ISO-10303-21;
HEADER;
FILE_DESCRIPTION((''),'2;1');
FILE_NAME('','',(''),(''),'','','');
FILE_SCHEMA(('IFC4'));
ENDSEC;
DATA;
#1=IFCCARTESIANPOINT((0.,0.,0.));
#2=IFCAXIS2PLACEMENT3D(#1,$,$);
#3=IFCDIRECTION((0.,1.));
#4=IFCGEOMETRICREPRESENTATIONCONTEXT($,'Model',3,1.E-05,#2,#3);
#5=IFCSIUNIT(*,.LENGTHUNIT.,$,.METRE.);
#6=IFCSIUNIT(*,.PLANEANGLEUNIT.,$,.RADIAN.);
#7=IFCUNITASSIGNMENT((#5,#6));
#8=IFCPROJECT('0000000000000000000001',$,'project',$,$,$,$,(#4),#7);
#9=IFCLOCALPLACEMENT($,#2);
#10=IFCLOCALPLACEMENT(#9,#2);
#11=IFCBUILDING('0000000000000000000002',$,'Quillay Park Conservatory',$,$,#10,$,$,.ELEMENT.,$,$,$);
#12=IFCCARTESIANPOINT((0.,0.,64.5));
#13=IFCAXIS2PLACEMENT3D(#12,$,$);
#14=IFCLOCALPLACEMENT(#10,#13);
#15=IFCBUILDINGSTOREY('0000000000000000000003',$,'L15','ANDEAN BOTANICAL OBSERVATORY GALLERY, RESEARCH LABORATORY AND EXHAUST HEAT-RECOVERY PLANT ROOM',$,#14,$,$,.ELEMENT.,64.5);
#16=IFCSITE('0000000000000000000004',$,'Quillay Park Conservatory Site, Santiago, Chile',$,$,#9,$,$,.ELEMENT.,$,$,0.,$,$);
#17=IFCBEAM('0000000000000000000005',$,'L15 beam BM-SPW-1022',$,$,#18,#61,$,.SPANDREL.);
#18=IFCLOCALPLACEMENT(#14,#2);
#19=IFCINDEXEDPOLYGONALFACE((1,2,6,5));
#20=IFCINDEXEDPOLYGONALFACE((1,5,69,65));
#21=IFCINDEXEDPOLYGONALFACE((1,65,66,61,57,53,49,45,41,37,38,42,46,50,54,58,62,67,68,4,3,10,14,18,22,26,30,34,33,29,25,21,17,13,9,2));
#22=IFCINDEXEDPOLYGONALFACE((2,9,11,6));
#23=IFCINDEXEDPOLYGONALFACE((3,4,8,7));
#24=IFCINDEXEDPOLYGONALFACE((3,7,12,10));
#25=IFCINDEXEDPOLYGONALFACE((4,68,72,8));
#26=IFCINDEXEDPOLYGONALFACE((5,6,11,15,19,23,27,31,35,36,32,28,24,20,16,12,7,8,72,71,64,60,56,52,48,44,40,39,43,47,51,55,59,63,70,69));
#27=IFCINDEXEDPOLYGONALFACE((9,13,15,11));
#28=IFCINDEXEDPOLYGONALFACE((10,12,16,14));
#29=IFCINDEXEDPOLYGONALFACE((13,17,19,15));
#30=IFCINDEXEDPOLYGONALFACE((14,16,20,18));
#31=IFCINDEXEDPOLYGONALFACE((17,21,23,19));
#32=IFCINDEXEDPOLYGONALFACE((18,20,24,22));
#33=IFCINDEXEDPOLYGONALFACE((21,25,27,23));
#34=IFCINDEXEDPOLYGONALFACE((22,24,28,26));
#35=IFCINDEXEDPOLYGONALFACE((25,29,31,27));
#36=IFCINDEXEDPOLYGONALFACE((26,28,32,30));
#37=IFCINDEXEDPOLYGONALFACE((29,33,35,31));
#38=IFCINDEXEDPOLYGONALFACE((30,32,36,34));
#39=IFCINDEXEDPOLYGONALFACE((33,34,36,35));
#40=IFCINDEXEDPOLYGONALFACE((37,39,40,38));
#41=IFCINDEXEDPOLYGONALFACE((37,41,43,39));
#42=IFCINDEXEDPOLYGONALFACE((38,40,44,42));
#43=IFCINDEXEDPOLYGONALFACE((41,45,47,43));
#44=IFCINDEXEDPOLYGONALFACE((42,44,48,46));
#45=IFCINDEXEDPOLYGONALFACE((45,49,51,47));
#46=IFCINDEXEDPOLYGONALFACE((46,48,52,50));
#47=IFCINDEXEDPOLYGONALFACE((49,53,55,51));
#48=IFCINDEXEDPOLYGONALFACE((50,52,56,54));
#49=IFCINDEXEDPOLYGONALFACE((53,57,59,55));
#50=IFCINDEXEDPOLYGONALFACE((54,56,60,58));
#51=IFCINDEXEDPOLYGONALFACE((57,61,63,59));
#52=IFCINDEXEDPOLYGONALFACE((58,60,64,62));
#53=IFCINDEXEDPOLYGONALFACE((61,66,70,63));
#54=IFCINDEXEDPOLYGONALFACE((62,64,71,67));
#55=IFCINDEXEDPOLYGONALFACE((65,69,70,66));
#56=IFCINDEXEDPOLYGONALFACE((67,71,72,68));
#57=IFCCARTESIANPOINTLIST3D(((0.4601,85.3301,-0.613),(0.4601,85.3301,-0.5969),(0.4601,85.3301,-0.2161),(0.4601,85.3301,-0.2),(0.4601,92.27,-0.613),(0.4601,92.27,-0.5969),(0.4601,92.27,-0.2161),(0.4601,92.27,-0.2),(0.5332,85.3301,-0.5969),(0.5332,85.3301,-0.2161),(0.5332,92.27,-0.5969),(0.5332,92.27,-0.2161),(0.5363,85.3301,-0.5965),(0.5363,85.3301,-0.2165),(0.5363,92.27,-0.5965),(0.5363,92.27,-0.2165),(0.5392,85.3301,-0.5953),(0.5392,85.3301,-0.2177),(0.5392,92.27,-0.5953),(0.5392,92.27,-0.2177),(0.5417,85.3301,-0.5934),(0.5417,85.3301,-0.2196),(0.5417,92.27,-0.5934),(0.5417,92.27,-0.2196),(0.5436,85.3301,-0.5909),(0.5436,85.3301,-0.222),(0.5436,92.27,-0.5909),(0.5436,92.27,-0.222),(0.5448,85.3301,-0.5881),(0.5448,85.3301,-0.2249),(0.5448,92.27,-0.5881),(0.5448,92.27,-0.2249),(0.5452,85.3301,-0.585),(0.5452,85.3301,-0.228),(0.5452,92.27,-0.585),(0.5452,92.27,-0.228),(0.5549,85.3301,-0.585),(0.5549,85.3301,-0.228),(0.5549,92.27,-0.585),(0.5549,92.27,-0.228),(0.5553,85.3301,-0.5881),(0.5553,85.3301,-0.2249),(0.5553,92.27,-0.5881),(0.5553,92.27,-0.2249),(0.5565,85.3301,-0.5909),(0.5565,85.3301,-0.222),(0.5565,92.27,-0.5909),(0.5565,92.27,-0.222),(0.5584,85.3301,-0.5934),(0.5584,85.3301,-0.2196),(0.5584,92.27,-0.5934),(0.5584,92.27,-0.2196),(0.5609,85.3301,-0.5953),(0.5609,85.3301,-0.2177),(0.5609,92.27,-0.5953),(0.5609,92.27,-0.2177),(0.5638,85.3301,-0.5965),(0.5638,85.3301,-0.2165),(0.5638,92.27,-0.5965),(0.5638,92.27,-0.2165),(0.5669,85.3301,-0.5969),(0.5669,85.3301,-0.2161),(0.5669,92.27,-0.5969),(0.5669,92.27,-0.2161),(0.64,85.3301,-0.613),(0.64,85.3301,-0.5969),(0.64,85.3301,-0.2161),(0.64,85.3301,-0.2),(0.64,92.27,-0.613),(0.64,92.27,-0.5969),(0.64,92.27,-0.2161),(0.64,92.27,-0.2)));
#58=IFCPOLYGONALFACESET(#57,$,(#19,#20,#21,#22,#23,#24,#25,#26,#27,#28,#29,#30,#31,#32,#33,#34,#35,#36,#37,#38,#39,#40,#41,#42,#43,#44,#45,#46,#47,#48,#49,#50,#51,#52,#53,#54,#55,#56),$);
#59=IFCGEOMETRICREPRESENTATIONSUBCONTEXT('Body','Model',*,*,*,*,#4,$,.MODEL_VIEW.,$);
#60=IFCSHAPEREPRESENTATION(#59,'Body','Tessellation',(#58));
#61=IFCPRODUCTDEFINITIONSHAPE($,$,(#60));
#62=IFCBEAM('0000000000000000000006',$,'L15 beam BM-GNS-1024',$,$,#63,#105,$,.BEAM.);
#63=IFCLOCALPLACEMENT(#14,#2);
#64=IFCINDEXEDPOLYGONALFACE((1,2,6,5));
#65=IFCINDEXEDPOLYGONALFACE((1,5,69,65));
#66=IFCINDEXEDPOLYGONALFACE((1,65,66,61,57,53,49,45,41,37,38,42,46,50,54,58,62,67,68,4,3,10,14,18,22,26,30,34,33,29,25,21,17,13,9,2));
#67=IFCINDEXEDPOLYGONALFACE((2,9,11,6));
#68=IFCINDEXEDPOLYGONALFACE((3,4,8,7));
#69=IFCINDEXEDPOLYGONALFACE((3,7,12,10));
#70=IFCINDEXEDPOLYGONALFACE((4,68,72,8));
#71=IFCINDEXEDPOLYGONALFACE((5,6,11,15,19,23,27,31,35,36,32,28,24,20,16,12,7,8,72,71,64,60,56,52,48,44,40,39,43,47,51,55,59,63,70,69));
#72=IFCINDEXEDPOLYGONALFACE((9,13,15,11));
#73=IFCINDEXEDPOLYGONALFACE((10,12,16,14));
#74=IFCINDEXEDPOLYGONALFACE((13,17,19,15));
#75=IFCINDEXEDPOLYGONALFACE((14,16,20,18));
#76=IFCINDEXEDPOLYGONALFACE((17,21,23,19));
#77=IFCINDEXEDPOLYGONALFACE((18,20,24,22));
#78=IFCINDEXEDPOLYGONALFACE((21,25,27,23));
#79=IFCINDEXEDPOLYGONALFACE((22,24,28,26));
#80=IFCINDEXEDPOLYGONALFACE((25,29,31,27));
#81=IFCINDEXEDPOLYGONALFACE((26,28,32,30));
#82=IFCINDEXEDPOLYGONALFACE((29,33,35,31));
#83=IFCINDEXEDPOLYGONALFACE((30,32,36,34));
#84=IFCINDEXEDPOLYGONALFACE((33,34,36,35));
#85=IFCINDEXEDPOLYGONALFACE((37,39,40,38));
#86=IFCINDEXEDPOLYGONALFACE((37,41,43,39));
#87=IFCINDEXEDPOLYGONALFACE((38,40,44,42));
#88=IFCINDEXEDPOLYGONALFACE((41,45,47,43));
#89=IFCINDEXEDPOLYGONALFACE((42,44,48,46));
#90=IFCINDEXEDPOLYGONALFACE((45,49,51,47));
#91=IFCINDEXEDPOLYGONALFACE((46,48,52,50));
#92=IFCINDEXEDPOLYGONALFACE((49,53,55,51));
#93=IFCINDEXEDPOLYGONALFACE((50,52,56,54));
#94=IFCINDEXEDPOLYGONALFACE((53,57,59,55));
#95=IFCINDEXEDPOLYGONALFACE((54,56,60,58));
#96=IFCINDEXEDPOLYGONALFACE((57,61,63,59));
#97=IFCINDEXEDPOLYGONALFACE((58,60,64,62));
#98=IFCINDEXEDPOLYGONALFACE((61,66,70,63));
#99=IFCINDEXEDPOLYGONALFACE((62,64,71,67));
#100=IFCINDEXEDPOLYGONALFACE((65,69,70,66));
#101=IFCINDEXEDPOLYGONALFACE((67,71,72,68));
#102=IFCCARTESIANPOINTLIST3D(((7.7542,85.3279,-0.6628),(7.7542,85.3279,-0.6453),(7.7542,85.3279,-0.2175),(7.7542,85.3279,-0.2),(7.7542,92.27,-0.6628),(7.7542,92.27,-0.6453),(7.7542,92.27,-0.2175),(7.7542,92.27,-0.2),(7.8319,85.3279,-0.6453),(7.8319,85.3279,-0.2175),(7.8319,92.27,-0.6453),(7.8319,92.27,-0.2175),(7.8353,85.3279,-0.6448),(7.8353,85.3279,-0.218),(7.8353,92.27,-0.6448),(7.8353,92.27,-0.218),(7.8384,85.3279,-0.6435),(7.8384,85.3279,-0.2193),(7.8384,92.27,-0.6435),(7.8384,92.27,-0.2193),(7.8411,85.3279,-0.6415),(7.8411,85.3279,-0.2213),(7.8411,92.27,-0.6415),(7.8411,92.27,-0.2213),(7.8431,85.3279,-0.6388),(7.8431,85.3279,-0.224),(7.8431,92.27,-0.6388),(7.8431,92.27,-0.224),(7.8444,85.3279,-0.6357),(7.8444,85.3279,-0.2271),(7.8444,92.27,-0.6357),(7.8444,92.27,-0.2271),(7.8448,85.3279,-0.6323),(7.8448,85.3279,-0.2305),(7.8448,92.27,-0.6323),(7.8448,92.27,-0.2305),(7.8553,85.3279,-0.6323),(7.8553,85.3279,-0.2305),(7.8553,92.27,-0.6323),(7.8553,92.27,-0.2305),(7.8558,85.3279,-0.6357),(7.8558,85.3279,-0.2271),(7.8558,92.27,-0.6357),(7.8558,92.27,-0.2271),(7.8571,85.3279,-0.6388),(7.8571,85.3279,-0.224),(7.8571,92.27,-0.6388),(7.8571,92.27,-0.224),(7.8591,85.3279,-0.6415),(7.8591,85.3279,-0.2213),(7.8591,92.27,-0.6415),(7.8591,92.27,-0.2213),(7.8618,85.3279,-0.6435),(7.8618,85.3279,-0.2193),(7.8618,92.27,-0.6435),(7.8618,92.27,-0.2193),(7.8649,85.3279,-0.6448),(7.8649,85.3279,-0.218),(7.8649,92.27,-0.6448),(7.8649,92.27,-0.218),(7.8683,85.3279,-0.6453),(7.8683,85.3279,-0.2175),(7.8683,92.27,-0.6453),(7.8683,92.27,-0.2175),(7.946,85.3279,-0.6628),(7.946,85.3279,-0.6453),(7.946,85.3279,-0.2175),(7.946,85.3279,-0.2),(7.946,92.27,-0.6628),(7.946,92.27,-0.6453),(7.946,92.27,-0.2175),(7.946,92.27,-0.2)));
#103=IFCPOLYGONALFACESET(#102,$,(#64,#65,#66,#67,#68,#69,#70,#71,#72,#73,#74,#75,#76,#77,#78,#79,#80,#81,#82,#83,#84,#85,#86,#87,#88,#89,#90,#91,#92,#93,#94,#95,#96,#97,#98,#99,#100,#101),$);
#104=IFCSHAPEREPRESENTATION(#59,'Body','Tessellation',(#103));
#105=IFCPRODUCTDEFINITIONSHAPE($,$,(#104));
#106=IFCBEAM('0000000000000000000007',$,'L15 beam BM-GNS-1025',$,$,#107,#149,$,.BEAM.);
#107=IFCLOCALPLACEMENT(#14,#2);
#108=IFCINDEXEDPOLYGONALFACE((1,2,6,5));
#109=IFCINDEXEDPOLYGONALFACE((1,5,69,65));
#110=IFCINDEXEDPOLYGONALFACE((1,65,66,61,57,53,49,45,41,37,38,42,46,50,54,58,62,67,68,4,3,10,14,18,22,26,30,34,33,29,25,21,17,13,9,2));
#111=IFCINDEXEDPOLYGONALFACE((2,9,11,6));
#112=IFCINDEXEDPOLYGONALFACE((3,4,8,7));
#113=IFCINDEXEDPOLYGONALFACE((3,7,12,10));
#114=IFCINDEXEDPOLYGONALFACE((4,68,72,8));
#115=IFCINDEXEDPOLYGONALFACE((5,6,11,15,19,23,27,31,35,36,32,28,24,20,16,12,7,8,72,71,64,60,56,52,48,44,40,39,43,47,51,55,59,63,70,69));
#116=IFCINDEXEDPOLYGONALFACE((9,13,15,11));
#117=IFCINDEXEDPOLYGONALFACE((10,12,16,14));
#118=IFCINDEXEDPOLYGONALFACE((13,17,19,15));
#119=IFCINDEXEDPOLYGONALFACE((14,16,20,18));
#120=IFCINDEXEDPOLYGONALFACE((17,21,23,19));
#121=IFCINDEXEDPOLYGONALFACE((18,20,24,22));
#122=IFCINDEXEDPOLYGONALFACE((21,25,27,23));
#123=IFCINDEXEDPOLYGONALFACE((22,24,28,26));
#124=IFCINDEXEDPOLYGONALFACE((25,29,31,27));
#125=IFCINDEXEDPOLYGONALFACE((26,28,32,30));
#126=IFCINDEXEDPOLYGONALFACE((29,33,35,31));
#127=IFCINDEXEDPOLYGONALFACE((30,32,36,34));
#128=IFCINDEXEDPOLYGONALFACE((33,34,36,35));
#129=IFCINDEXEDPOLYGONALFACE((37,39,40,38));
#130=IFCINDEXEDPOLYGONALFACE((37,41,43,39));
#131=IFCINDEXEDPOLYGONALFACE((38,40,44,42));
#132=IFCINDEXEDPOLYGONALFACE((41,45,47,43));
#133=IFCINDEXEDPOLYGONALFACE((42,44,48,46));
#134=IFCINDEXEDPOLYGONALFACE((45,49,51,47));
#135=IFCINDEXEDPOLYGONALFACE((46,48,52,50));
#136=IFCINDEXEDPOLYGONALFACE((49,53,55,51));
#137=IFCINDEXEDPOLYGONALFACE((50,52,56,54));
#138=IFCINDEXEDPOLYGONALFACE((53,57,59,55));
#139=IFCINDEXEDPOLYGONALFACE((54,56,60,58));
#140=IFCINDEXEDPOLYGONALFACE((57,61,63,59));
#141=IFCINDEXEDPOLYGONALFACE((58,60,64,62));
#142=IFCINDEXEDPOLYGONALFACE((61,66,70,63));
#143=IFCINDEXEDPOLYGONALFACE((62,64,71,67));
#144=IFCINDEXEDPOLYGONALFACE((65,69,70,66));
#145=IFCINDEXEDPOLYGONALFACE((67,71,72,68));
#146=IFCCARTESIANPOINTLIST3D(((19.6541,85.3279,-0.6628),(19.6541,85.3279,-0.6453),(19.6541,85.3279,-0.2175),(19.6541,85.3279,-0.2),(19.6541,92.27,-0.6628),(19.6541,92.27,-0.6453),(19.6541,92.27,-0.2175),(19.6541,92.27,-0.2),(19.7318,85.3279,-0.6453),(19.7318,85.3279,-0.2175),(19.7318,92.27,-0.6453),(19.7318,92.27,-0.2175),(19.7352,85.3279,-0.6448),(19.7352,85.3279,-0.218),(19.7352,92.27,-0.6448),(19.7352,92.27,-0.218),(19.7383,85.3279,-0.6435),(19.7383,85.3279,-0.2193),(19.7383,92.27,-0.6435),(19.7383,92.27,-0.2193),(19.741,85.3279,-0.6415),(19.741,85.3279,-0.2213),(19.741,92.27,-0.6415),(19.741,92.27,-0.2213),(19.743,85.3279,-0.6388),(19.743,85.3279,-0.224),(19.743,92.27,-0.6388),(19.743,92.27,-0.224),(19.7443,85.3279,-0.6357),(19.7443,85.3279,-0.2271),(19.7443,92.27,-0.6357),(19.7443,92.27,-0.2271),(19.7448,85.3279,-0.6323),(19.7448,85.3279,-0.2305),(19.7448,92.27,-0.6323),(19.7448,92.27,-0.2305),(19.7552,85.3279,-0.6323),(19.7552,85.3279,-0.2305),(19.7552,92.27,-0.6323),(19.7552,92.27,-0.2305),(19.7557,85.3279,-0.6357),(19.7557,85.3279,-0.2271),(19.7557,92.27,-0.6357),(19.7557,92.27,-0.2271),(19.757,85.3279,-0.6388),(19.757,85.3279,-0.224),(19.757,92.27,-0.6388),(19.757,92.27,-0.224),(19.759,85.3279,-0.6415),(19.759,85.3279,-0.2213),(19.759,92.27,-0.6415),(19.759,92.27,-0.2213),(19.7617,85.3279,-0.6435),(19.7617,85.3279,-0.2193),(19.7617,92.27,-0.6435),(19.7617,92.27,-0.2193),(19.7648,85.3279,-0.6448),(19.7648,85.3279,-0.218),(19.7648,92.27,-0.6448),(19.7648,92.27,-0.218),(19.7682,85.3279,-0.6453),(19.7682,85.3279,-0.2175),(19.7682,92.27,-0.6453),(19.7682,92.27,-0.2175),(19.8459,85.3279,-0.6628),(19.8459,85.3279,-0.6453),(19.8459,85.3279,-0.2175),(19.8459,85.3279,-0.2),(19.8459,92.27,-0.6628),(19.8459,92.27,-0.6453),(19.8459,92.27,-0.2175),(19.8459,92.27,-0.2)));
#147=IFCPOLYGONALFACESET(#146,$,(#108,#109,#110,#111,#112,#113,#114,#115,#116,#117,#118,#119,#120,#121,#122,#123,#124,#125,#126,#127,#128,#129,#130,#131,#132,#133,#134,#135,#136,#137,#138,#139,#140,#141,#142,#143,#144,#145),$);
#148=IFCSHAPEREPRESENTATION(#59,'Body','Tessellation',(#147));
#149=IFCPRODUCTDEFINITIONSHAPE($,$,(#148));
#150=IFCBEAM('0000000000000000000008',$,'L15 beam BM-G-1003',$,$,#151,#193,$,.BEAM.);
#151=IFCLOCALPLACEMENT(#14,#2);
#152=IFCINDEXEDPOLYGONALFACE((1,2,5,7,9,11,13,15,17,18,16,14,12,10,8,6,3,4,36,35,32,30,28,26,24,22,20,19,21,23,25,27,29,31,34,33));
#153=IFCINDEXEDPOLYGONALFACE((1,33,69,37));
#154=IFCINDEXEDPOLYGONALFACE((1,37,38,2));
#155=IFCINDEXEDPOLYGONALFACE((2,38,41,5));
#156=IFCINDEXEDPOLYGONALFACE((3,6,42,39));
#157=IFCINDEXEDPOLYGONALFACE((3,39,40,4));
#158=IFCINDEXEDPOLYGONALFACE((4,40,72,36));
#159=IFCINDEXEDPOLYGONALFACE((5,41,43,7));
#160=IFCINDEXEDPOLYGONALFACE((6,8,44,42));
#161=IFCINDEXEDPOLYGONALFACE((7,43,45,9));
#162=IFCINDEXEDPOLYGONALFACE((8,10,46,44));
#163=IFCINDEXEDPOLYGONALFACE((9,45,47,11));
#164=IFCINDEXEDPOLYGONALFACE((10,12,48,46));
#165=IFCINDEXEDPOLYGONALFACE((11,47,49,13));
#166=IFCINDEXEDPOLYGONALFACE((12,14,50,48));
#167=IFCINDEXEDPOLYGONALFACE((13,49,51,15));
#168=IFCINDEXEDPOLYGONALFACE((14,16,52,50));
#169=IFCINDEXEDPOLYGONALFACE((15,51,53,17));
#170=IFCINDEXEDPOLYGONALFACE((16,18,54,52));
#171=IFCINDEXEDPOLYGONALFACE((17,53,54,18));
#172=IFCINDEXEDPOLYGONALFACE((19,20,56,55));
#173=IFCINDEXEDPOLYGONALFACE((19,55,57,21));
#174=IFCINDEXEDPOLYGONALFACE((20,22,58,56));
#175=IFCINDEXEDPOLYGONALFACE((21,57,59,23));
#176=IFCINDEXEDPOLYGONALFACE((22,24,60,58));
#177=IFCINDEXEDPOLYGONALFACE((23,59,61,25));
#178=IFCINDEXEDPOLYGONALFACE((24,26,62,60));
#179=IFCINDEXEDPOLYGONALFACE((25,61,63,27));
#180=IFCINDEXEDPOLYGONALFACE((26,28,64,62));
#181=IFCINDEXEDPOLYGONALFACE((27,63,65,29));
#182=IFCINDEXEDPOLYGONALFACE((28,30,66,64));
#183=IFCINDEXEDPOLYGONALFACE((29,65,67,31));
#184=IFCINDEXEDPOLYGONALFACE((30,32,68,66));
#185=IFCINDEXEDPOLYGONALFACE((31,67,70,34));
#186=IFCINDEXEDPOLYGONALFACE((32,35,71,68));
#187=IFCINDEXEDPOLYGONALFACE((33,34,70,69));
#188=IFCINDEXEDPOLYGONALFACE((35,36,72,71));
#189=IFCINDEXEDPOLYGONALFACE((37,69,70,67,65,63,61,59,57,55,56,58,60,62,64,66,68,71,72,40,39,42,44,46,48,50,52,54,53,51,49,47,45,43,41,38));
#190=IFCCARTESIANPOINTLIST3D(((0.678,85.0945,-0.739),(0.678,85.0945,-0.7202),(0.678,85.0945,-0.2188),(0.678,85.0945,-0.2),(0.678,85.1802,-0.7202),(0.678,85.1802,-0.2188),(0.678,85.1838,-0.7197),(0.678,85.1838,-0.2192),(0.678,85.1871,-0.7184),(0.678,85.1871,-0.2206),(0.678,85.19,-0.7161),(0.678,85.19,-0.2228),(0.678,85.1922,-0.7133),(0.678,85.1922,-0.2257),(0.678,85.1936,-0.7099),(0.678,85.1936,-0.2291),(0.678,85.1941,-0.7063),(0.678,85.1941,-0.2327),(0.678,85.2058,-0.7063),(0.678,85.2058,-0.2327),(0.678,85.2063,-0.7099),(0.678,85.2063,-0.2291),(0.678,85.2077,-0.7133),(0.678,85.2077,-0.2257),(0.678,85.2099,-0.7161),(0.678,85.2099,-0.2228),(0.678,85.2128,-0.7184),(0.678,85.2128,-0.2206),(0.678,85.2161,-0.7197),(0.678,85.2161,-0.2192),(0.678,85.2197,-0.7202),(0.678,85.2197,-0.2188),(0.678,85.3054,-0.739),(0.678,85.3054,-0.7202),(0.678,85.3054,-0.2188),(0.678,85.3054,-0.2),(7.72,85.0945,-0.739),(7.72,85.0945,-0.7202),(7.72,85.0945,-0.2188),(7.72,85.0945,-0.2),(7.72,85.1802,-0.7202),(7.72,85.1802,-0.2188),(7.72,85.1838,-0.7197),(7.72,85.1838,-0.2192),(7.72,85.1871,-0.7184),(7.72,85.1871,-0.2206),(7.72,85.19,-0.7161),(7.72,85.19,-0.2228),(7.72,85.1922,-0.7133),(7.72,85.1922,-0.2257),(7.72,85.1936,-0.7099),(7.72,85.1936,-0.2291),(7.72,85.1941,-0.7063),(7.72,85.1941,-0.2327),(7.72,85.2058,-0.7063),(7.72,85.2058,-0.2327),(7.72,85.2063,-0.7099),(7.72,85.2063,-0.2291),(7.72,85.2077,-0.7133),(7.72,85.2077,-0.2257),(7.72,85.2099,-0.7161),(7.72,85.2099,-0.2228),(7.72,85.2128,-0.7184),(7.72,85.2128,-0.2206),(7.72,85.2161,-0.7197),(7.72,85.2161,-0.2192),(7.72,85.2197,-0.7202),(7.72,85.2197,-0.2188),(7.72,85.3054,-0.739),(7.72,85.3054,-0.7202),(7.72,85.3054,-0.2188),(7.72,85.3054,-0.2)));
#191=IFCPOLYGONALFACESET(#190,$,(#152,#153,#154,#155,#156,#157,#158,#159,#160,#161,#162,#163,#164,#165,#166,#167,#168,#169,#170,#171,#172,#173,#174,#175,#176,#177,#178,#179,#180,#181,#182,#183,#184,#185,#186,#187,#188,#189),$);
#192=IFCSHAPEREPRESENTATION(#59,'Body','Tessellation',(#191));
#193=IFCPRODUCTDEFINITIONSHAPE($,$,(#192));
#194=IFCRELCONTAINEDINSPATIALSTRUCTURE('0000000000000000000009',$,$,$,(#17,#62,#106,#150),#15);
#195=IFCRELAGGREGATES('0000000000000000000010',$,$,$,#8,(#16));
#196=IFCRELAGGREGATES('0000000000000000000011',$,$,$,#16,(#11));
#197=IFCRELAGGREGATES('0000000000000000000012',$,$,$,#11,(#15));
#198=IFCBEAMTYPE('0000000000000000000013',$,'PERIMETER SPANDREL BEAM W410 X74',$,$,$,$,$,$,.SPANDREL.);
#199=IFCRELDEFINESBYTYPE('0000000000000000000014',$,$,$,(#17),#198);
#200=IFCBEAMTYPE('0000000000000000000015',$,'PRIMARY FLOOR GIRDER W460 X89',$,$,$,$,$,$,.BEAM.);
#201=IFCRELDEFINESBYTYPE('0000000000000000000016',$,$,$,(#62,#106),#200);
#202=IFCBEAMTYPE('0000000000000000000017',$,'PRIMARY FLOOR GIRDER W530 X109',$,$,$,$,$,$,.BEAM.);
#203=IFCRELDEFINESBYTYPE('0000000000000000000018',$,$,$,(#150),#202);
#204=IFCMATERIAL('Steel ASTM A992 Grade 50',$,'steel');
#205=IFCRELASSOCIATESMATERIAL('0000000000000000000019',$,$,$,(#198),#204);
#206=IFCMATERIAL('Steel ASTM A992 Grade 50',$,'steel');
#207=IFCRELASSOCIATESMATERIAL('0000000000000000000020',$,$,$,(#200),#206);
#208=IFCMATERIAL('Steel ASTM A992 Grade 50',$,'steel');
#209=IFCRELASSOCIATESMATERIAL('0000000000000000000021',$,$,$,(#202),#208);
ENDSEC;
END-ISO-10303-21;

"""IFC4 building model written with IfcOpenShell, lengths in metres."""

from ifc_helpers import new_model, si_unit, direction, frame, origin, origin_2d, place, context, subcontext, project, spatial, i_section, extrude, material, material_profile, profile_set, type_object, element, save


model = new_model("IFC4")

# Units and contexts
model_context = context("Model", 3, precision=1e-05, world=origin(), true_north=direction((0.0, 1.0)))
body_context = subcontext(model_context, "Body", "Model", "MODEL_VIEW")
ifc_project = project(units=[si_unit("LENGTHUNIT", "METRE"), si_unit("PLANEANGLEUNIT", "RADIAN")], contexts=[model_context])

# Site, building, storey
site_placement = place(None, origin())
site = spatial("IfcSite", under=ifc_project, at=site_placement, Name="Quillay Park Conservatory Site, Santiago, Chile", CompositionType="ELEMENT", RefElevation=0.0)
building_placement = place(site_placement, origin())
building = spatial("IfcBuilding", under=site, at=building_placement, Name="Quillay Park Conservatory", CompositionType="ELEMENT")
storey_placement = place(building_placement, frame((0.0, 0.0, 64.5)))
storey = spatial("IfcBuildingStorey", under=building, at=storey_placement, Name="L15", Description="ANDEAN BOTANICAL OBSERVATORY GALLERY, RESEARCH LABORATORY AND EXHAUST HEAT-RECOVERY PLANT ROOM", CompositionType="ELEMENT", Elevation=64.5)

# Beams
ifc_material_1 = material(Name="Steel ASTM A992 Grade 50", Category="steel")
ifc_material_profile_1 = material_profile(ifc_material_1, i_section(OverallWidth=0.1799, OverallDepth=0.4131, WebThickness=0.0098, FlangeThickness=0.0161, FilletRadius=0.012, at=origin_2d()), Name="W410x74")
ifc_profile_set_1 = profile_set([ifc_material_profile_1], Name="Steel ASTM A992 Grade 50")
beam_type_1 = type_object("IfcBeamType", Name="PERIMETER SPANDREL BEAM W410 X74", PredefinedType="SPANDREL", material=ifc_profile_set_1)
beam_1_placement = place(storey_placement, frame((0.55, 85.3301, -0.4065), z_axis=(0.0, 1.0, 0.0), x_axis=(-1.0, 0.0, 0.0)))
element("IfcBeam", 1, at=beam_1_placement, inside=storey, type_object=beam_type_1, Name="L15 beam BM-SPW-1022", PredefinedType="SPANDREL", context=body_context, shape_type="SweptSolid", body=[
    extrude(i_section(OverallWidth=0.1799, OverallDepth=0.4131, WebThickness=0.0098, FlangeThickness=0.0161, FilletRadius=0.012, at=origin_2d()), origin(), (0.0, 0.0, 1.0), 6.9399),
])
ifc_material_2 = material(Name="Steel ASTM A992 Grade 50", Category="steel")
ifc_material_profile_2 = material_profile(ifc_material_2, i_section(OverallWidth=0.1919, OverallDepth=0.4629, WebThickness=0.0105, FlangeThickness=0.0176, FilletRadius=0.0129, at=origin_2d()), Name="W460x89")
ifc_profile_set_2 = profile_set([ifc_material_profile_2], Name="Steel ASTM A992 Grade 50")
beam_type_2 = type_object("IfcBeamType", Name="PRIMARY FLOOR GIRDER W460 X89", PredefinedType="BEAM", material=ifc_profile_set_2)
for number, where, z_axis, x_axis, name in (
    (2, (7.8501, 85.3279, -0.4314), (0.0, 1.0, 0.0), (-1.0, 0.0, 0.0), "L15 beam BM-GNS-1024"),
    (3, (19.75, 85.3279, -0.4314), (0.0, 1.0, 0.0), (-1.0, 0.0, 0.0), "L15 beam BM-GNS-1025"),
):
    element("IfcBeam", number, at=place(storey_placement, frame(where, z_axis=z_axis, x_axis=x_axis)), inside=storey, type_object=beam_type_2, Name=name, PredefinedType="BEAM", context=body_context, shape_type="SweptSolid", body=[
        extrude(i_section(OverallWidth=0.1919, OverallDepth=0.4629, WebThickness=0.0105, FlangeThickness=0.0176, FilletRadius=0.0129, at=origin_2d()), origin(), (0.0, 0.0, 1.0), 6.9421),
    ])
ifc_material_3 = material(Name="Steel ASTM A992 Grade 50", Category="steel")
ifc_material_profile_3 = material_profile(ifc_material_3, i_section(OverallWidth=0.2109, OverallDepth=0.5391, WebThickness=0.0117, FlangeThickness=0.0188, FilletRadius=0.0139, at=origin_2d()), Name="W530x109")
ifc_profile_set_3 = profile_set([ifc_material_profile_3], Name="Steel ASTM A992 Grade 50")
beam_type_3 = type_object("IfcBeamType", Name="PRIMARY FLOOR GIRDER W530 X109", PredefinedType="BEAM", material=ifc_profile_set_3)
beam_2_placement = place(storey_placement, frame((0.678, 85.2, -0.4695), z_axis=(1.0, 0.0, 0.0), x_axis=(0.0, 1.0, 0.0)))
element("IfcBeam", 4, at=beam_2_placement, inside=storey, type_object=beam_type_3, Name="L15 beam BM-G-1003", PredefinedType="BEAM", context=body_context, shape_type="SweptSolid", body=[
    extrude(i_section(OverallWidth=0.2109, OverallDepth=0.5391, WebThickness=0.0117, FlangeThickness=0.0188, FilletRadius=0.0139, at=origin_2d()), origin(), (0.0, 0.0, 1.0), 7.042),
])

save(model, "model.ifc")
